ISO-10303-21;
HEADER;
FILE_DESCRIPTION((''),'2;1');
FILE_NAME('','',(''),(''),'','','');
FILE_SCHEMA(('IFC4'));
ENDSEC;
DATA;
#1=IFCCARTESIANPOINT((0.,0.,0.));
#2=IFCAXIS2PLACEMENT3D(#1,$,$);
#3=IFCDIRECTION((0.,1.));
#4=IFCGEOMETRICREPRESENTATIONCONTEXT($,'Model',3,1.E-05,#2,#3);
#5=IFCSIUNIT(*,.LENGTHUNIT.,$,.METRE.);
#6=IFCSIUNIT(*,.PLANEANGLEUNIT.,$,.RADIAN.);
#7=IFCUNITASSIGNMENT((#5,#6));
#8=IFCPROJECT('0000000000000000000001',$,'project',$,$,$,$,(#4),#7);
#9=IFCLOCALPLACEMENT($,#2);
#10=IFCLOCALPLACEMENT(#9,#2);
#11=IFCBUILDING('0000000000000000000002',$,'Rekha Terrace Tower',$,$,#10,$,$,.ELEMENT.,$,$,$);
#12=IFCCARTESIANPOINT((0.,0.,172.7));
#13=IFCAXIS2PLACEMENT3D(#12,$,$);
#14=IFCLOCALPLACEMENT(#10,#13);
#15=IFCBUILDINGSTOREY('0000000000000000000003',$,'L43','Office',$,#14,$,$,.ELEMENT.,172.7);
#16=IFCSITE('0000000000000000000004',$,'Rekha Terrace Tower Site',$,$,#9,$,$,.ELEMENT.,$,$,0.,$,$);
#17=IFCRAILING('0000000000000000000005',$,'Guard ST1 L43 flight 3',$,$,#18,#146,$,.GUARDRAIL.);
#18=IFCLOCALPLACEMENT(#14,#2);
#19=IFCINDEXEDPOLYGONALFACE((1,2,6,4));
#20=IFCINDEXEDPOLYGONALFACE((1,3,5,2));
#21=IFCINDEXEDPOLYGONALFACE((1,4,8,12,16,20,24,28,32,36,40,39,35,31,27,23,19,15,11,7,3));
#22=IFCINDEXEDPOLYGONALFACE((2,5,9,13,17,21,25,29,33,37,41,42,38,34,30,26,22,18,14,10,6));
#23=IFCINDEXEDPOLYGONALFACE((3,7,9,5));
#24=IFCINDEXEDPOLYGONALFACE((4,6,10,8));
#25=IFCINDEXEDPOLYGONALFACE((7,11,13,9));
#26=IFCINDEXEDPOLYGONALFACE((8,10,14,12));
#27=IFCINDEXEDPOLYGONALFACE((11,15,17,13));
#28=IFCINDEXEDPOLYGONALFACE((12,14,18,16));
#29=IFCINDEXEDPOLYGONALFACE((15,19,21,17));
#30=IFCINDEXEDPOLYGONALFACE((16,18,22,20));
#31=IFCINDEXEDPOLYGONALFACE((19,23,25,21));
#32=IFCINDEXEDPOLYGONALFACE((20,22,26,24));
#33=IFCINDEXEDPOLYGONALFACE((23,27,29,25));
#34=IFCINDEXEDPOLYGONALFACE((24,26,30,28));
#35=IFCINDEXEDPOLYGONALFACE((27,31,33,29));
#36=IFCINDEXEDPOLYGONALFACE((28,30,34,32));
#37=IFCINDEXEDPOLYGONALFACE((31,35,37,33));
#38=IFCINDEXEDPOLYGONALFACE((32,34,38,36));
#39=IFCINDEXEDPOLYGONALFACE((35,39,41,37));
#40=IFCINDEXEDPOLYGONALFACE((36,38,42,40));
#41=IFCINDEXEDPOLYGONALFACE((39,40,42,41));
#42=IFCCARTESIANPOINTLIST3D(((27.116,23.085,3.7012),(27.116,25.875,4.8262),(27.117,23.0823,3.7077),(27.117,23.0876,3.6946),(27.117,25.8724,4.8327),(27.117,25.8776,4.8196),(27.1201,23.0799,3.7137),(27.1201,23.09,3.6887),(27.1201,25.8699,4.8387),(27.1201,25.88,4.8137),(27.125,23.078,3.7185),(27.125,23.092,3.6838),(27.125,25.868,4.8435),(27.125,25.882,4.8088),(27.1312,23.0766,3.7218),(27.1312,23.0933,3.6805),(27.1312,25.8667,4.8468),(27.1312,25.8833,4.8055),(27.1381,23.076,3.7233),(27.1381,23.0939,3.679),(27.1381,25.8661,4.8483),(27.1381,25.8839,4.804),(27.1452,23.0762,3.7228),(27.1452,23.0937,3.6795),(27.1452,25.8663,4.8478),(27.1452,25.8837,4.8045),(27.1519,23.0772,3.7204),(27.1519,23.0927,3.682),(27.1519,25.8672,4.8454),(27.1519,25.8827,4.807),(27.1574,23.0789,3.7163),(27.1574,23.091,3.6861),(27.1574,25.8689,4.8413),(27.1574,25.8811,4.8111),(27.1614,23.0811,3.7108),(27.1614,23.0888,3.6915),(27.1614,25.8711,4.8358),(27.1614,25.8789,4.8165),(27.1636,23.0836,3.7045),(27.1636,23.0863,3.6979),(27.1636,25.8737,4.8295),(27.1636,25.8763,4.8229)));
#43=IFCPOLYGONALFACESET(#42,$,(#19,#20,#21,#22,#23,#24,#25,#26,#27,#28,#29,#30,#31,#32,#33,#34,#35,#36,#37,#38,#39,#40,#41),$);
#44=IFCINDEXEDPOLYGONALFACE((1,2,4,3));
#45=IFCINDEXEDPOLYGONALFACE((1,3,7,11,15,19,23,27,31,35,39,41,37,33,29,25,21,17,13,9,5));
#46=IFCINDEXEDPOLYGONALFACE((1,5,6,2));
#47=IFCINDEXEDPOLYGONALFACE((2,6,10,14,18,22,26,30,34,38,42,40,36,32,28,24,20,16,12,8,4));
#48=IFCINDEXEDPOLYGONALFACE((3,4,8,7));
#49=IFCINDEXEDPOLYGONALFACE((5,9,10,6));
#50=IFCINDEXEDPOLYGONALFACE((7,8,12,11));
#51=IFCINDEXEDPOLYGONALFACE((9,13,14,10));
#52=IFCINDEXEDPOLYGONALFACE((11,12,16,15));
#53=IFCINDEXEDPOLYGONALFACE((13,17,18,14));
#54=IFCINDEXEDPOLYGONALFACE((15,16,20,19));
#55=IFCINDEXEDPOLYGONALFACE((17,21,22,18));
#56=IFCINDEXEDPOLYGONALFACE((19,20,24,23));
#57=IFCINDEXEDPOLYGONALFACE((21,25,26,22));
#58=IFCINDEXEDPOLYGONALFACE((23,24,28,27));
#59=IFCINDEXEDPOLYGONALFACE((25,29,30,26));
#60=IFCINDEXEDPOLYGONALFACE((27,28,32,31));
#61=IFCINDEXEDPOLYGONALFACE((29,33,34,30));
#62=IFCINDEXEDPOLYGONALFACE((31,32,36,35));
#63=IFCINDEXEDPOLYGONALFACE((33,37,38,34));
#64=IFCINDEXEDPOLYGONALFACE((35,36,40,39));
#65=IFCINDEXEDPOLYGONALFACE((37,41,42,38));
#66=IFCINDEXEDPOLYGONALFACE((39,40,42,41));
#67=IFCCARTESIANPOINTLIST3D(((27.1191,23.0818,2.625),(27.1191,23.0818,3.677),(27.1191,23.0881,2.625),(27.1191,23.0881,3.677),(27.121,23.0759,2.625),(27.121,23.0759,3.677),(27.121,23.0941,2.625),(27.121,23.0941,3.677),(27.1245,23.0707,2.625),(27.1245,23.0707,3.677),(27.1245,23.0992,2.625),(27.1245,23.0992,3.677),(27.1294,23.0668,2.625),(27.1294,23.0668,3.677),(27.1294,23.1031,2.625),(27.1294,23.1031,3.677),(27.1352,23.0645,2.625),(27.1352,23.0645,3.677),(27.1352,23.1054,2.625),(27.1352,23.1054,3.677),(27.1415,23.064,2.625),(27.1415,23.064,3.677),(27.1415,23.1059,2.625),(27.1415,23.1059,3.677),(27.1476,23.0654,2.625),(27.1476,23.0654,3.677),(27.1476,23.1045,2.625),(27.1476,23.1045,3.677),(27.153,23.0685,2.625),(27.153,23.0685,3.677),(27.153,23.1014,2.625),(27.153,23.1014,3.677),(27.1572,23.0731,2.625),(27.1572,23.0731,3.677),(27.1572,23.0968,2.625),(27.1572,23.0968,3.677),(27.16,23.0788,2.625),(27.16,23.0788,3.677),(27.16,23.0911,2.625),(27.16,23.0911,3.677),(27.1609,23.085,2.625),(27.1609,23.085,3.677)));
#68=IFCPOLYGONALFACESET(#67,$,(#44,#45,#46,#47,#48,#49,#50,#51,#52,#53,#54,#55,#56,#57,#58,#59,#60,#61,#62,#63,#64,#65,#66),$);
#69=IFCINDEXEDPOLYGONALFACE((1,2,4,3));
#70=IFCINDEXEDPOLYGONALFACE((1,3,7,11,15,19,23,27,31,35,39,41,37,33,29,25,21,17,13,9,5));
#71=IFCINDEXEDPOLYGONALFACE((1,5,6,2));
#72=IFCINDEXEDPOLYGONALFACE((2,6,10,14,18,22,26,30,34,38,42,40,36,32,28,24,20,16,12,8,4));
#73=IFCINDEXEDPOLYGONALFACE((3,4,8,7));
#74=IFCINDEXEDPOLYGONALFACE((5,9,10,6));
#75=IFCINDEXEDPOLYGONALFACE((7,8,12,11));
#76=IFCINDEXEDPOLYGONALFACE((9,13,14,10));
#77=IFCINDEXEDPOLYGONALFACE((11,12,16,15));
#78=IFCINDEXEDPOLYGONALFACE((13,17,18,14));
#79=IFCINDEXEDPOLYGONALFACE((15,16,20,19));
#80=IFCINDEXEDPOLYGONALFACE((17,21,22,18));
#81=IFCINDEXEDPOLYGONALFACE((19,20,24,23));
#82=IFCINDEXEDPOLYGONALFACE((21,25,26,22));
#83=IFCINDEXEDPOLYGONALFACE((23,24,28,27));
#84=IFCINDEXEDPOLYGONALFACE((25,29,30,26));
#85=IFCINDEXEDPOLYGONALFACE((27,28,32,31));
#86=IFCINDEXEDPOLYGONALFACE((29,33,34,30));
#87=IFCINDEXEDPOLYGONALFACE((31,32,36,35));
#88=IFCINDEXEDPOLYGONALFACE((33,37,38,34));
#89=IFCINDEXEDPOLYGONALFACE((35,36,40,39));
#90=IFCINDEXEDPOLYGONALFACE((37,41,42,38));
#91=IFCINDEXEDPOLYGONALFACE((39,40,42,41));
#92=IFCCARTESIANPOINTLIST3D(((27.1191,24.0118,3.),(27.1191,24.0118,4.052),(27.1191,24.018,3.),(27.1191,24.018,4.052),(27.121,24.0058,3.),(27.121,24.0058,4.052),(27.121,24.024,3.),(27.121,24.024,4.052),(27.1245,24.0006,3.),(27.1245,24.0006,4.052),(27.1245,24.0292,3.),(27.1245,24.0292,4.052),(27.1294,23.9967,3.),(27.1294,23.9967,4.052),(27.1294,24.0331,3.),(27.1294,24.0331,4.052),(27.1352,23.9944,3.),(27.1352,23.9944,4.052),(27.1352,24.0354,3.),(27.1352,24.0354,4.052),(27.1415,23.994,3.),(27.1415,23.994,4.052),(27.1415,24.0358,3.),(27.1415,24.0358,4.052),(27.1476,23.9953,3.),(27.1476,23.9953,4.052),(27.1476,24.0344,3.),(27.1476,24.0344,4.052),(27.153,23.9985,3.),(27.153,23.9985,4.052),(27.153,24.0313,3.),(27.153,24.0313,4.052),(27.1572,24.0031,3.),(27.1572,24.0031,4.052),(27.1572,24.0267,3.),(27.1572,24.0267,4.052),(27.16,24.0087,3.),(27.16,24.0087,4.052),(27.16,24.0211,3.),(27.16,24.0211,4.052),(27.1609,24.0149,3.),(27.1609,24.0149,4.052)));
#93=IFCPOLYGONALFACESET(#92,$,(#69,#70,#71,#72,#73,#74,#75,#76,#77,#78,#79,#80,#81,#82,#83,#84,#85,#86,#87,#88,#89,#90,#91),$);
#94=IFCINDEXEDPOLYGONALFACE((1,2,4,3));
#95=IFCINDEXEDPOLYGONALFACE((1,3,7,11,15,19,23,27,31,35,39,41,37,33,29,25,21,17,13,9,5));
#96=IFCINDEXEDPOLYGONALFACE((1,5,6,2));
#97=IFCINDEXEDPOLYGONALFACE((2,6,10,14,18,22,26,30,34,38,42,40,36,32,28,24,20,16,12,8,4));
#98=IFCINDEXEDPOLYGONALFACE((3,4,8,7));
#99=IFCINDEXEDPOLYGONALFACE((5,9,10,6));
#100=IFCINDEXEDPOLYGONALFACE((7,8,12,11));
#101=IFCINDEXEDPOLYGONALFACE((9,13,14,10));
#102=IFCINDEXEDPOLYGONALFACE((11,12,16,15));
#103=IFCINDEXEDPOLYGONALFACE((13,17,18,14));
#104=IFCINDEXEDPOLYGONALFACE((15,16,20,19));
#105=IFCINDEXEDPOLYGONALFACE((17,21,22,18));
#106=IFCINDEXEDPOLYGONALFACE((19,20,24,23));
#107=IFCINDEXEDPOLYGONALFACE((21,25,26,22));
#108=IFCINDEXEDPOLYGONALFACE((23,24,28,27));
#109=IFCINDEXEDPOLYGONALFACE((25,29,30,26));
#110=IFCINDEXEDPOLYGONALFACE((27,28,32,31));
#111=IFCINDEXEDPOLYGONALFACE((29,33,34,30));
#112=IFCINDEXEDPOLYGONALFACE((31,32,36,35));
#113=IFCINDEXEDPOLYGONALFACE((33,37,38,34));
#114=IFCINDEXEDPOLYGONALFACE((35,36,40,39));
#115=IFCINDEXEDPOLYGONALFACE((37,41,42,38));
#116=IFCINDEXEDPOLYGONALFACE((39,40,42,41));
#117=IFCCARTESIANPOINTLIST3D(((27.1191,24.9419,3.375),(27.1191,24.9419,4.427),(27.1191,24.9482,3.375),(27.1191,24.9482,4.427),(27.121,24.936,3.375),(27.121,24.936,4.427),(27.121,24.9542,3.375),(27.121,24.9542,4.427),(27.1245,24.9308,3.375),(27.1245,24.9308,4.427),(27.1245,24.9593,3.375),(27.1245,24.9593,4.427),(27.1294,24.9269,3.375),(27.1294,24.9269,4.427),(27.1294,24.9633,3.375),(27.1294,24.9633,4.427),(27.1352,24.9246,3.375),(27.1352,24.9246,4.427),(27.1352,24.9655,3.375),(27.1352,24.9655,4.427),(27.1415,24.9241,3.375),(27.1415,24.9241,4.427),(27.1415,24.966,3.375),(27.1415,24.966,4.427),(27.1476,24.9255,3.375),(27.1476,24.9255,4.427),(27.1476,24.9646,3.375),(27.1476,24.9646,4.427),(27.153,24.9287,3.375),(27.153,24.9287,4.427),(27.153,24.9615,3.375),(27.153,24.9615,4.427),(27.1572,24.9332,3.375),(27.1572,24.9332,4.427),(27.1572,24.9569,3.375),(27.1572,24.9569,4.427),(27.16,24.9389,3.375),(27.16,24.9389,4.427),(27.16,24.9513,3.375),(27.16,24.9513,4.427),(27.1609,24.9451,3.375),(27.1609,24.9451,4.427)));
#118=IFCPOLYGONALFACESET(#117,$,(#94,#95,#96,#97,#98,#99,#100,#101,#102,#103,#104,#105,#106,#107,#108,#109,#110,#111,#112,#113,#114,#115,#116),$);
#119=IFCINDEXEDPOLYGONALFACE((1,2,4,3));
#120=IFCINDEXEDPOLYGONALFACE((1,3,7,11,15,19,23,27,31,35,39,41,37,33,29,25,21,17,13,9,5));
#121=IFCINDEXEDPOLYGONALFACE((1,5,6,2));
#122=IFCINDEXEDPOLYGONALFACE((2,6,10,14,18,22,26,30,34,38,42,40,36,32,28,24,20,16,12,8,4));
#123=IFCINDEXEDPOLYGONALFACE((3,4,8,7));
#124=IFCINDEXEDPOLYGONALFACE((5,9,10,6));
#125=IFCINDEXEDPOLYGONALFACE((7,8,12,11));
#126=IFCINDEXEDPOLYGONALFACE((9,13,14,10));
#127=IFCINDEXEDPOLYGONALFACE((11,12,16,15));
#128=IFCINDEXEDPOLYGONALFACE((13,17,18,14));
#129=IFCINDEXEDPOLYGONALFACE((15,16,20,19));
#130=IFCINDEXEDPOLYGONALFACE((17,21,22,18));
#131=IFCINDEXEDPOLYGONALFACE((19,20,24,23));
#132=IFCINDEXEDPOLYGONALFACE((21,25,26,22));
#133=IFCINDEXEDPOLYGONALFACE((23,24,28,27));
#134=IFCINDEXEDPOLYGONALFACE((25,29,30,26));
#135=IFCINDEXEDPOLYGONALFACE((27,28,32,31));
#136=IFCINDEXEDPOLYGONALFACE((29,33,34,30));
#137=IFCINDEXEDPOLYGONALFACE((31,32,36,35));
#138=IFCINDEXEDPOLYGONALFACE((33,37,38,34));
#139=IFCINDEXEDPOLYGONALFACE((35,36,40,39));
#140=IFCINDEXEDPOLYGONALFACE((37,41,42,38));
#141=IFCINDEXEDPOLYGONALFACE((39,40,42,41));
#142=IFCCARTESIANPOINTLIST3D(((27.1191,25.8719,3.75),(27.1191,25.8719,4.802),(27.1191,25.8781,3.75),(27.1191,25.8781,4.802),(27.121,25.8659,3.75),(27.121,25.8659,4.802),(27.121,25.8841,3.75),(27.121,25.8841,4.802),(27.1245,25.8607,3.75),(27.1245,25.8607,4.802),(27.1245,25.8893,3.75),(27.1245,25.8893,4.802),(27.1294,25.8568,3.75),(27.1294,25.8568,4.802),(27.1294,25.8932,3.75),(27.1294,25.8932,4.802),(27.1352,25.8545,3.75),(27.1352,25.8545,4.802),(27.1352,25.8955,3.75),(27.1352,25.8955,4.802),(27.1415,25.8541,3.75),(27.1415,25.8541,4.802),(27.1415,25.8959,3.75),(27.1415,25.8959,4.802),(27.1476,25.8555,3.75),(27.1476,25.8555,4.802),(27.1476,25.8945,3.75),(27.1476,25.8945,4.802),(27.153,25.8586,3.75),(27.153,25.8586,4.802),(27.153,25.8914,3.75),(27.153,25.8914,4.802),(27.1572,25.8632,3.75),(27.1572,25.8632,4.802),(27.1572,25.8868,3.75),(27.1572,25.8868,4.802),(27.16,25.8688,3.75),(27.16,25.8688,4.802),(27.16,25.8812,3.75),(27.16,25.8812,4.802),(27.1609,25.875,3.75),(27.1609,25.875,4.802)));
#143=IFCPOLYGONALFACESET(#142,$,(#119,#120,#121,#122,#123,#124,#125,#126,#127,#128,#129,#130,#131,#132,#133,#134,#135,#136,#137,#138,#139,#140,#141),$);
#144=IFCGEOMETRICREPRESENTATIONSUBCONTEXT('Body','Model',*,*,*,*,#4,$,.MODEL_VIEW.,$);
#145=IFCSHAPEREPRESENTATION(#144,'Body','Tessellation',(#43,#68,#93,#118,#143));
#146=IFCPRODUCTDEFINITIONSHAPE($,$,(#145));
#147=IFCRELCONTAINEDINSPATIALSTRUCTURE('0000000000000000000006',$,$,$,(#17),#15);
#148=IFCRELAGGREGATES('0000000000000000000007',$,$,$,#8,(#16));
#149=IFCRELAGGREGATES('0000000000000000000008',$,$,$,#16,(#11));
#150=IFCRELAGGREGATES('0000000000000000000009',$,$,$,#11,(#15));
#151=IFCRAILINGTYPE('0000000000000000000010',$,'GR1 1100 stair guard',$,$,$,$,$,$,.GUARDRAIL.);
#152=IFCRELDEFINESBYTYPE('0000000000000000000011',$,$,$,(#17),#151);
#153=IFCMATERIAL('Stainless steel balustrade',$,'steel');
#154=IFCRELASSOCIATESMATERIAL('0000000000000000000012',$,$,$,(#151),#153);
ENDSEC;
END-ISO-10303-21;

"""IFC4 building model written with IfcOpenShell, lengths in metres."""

from ifc_helpers import new_model, si_unit, direction, frame, origin, origin_2d, place, context, subcontext, project, spatial, circle, extrude, material, type_object, element, save


model = new_model("IFC4")

# Units and contexts
model_context = context("Model", 3, precision=1e-05, world=origin(), true_north=direction((0.0, 1.0)))
body_context = subcontext(model_context, "Body", "Model", "MODEL_VIEW")
ifc_project = project(units=[si_unit("LENGTHUNIT", "METRE"), si_unit("PLANEANGLEUNIT", "RADIAN")], contexts=[model_context])

# Site, building, storey
site_placement = place(None, origin())
site = spatial("IfcSite", under=ifc_project, at=site_placement, Name="Rekha Terrace Tower Site", CompositionType="ELEMENT", RefElevation=0.0)
building_placement = place(site_placement, origin())
building = spatial("IfcBuilding", under=site, at=building_placement, Name="Rekha Terrace Tower", CompositionType="ELEMENT")
storey_placement = place(building_placement, frame((0.0, 0.0, 172.7)))
storey = spatial("IfcBuildingStorey", under=building, at=storey_placement, Name="L43", Description="Office", CompositionType="ELEMENT", Elevation=172.7)

# Railing
ifc_material_1 = material(Name="Stainless steel balustrade", Category="steel")
railing_type_1 = type_object("IfcRailingType", Name="GR1 1100 stair guard", PredefinedType="GUARDRAIL", material=ifc_material_1)
railing_1_placement = place(storey_placement, frame((27.1399, 23.085, 2.625)))
element("IfcRailing", 1, at=railing_1_placement, inside=storey, type_object=railing_type_1, Name="Guard ST1 L43 flight 3", PredefinedType="GUARDRAIL", context=body_context, shape_type="SweptSolid", body=[
    extrude(circle(Radius=0.0239, at=origin_2d()), frame((0.0, 0.0, 1.0762), z_axis=(0.0, 0.927443, 0.373964), x_axis=(-1.0, 0.0, 0.0)), (0.0, 0.0, 1.0), 3.0083),
    extrude(circle(Radius=0.021, at=origin_2d()), origin(), (0.0, 0.0, 1.0), 1.052),
    extrude(circle(Radius=0.021, at=origin_2d()), frame((0.0, 0.9299, 0.375)), (0.0, 0.0, 1.0), 1.052),
    extrude(circle(Radius=0.021, at=origin_2d()), frame((0.0, 1.8601, 0.75)), (0.0, 0.0, 1.0), 1.052),
    extrude(circle(Radius=0.021, at=origin_2d()), frame((0.0, 2.79, 1.125)), (0.0, 0.0, 1.0), 1.052),
])

save(model, "model.ifc")
